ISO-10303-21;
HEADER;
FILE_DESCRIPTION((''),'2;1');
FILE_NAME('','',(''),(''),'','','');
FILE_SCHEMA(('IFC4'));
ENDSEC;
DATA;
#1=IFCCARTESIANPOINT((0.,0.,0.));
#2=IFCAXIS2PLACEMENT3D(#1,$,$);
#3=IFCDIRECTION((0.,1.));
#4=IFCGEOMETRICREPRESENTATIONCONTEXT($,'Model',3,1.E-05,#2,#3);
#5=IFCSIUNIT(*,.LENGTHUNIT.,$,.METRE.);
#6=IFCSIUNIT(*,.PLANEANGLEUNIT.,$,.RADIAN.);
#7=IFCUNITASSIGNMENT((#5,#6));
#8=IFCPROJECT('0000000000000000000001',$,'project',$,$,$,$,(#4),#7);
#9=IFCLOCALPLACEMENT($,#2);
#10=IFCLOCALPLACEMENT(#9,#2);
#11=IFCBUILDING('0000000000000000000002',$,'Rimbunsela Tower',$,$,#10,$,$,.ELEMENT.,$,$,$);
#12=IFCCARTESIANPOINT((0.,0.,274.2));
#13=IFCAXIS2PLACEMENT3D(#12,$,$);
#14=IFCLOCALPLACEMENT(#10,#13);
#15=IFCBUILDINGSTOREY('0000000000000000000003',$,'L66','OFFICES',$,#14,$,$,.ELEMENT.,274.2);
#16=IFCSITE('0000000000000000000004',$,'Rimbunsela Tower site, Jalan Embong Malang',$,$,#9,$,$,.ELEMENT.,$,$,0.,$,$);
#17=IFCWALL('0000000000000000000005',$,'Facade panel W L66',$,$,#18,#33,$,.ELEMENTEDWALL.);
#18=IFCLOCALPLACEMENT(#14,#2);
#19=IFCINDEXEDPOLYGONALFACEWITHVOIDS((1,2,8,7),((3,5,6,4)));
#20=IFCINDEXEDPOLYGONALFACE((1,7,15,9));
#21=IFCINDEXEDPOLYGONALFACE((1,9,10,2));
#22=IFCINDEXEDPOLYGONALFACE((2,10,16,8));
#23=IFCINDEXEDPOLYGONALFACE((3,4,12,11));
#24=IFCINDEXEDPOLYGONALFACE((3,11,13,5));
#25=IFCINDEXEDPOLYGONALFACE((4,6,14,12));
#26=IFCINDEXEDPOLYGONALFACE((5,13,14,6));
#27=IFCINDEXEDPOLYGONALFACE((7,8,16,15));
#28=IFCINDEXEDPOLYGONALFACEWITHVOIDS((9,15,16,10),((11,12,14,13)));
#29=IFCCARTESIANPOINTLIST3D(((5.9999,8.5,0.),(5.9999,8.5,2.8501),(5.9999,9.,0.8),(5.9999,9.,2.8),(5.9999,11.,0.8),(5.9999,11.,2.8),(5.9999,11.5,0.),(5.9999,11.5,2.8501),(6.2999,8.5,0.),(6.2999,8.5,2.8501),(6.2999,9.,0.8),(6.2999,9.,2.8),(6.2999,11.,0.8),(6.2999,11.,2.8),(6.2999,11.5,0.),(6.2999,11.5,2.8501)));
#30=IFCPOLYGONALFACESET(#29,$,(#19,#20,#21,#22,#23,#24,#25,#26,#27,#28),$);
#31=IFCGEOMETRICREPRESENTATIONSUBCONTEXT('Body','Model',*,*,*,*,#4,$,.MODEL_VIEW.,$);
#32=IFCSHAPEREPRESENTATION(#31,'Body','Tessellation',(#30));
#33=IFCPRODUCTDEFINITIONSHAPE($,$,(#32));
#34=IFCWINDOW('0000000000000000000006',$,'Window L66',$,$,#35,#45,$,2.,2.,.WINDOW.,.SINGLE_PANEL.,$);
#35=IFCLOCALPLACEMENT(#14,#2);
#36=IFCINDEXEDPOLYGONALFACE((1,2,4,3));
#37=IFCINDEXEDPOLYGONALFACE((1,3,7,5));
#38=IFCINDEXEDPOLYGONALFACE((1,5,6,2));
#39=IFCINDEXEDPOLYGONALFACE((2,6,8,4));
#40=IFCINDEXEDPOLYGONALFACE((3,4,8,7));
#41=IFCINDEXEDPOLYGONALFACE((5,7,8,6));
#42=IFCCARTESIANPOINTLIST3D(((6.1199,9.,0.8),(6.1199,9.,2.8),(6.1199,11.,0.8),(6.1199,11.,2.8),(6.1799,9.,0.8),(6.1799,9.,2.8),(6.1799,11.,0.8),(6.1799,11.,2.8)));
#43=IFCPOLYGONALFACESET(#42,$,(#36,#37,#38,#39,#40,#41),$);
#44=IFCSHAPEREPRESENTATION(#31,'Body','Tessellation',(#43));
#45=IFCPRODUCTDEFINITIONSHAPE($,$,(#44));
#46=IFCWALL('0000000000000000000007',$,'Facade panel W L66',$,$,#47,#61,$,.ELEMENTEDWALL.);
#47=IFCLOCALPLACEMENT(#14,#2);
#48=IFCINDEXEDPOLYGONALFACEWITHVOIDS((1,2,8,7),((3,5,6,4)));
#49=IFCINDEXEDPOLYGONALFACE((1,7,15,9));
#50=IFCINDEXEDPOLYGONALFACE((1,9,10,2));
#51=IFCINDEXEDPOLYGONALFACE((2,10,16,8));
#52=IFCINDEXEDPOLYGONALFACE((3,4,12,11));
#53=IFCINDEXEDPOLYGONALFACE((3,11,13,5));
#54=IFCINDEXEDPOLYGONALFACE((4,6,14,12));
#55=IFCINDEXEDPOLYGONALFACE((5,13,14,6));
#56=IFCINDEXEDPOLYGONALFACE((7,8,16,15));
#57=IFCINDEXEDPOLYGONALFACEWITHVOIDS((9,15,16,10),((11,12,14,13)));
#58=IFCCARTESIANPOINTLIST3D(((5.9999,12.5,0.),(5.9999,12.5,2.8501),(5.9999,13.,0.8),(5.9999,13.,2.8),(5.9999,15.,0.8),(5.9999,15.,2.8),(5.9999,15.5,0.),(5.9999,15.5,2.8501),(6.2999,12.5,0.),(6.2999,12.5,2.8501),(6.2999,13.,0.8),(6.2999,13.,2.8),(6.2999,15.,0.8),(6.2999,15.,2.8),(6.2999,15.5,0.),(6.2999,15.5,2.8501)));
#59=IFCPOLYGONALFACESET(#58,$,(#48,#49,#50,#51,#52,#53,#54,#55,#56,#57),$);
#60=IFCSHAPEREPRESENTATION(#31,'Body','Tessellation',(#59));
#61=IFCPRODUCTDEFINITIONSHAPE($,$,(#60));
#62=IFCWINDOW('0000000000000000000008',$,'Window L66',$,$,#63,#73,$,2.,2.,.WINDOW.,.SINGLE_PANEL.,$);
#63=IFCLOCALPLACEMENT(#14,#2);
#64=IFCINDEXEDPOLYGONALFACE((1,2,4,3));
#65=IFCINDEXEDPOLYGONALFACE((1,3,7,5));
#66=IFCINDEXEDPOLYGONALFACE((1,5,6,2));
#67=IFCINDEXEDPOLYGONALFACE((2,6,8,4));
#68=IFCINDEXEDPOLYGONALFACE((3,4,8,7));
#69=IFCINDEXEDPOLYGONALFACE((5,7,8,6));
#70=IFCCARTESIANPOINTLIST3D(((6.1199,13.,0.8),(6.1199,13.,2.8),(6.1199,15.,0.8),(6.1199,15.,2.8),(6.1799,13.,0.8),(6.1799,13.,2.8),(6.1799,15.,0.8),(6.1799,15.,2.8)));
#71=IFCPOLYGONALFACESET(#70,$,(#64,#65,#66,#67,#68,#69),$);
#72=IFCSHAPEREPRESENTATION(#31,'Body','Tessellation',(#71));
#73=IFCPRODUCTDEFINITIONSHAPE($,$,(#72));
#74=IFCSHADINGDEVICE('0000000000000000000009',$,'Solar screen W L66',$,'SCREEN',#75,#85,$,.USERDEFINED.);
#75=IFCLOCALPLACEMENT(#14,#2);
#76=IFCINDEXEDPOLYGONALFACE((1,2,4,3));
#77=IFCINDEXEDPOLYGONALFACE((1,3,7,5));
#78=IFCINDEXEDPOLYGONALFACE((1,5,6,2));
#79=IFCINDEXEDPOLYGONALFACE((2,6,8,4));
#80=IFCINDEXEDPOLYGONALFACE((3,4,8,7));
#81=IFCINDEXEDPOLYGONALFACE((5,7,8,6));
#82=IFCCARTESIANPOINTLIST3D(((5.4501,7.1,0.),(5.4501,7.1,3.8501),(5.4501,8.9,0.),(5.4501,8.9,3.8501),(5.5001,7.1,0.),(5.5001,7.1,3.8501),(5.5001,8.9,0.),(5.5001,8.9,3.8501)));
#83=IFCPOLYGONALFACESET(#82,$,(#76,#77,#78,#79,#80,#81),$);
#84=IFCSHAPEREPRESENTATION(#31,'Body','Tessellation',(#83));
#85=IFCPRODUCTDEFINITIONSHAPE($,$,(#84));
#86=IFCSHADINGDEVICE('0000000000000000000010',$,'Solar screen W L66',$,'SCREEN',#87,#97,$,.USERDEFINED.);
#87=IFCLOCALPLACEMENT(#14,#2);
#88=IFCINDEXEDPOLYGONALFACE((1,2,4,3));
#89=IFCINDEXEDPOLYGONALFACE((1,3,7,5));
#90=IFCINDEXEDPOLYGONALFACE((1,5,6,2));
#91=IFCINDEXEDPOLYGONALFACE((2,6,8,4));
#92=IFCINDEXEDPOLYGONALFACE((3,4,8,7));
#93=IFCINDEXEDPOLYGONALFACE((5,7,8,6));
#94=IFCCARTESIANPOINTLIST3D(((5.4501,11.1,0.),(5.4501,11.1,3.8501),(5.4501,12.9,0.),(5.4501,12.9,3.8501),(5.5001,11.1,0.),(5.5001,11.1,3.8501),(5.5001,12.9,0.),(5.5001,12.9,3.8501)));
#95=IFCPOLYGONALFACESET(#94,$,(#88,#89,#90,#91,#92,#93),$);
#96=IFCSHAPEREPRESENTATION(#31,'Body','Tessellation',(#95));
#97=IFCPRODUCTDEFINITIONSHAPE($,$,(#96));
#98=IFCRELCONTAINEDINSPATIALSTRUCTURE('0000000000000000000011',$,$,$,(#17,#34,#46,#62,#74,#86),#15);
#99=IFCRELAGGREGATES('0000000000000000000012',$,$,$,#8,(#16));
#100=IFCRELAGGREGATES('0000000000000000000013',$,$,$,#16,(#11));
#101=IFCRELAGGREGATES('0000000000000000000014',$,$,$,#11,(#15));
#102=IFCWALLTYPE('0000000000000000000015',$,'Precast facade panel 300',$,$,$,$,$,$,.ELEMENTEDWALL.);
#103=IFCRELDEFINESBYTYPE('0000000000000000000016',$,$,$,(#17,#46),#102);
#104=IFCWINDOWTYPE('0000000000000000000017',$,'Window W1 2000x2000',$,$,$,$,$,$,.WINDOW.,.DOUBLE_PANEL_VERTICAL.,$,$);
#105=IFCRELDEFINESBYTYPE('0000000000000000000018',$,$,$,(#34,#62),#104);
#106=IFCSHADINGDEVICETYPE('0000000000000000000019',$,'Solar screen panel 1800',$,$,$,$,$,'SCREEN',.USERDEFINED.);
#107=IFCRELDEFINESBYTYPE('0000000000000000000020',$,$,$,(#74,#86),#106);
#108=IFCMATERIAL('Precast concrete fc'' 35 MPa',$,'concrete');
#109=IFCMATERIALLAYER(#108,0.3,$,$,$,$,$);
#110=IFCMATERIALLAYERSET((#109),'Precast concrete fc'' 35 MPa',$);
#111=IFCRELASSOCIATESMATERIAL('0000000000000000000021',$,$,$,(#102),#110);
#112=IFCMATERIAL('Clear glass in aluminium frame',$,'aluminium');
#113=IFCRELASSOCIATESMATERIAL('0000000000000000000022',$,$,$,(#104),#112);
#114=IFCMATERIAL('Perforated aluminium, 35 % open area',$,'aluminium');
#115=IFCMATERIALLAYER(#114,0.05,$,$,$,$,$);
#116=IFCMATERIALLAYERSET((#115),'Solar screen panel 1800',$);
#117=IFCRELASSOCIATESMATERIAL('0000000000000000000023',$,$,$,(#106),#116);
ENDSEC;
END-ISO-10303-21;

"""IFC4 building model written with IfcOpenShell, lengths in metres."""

from ifc_helpers import new_model, si_unit, direction, frame, frame_2d, origin, origin_2d, place, context, subcontext, project, spatial, rectangle, extrude, material, layer, layer_set, type_object, element, fill, save


model = new_model("IFC4")

# Units and contexts
model_context = context("Model", 3, precision=1e-05, world=origin(), true_north=direction((0.0, 1.0)))
body_context = subcontext(model_context, "Body", "Model", "MODEL_VIEW")
ifc_project = project(units=[si_unit("LENGTHUNIT", "METRE"), si_unit("PLANEANGLEUNIT", "RADIAN")], contexts=[model_context])

# Site, building, storey
site_placement = place(None, origin())
site = spatial("IfcSite", under=ifc_project, at=site_placement, Name="Rimbunsela Tower site, Jalan Embong Malang", CompositionType="ELEMENT", RefElevation=0.0)
building_placement = place(site_placement, origin())
building = spatial("IfcBuilding", under=site, at=building_placement, Name="Rimbunsela Tower", CompositionType="ELEMENT")
storey_placement = place(building_placement, frame((0.0, 0.0, 274.2)))
storey = spatial("IfcBuildingStorey", under=building, at=storey_placement, Name="L66", Description="OFFICES", CompositionType="ELEMENT", Elevation=274.2)

# Shared definitions
ifc_material_1 = material(Name="Precast concrete fc' 35 MPa", Category="concrete")
ifc_layer_1 = layer(ifc_material_1, 0.3)
ifc_layer_set_1 = layer_set([ifc_layer_1], Name="Precast concrete fc' 35 MPa")
wall_type = type_object("IfcWallType", Name="Precast facade panel 300", PredefinedType="ELEMENTEDWALL", material=ifc_layer_set_1)

# Walls, openings, windows
wall_1_placement = place(storey_placement, frame((6.1499, 11.5, 0.0), z_axis=(0.0, 0.0, 1.0), x_axis=(0.0, -1.0, 0.0)))
wall_1 = element("IfcWall", 1, at=wall_1_placement, inside=storey, type_object=wall_type, Name="Facade panel W L66", PredefinedType="ELEMENTEDWALL", context=body_context, shape_type="SweptSolid", body=[
    extrude(rectangle(XDim=3.0, YDim=0.3, at=frame_2d((1.5, 0.0))), origin(), (0.0, 0.0, 1.0), 2.8501),
])
opening_1_placement = place(wall_1_placement, frame((0.5, 0.0, 0.8)))
opening_1 = element("IfcOpeningElement", 2, at=opening_1_placement, cuts=wall_1, PredefinedType="OPENING", context=body_context, shape_type="SweptSolid", body=[
    extrude(rectangle(XDim=2.0, YDim=2.0, at=frame_2d((1.0, 1.0))), frame((0.0, 0.1599, 0.0), z_axis=(0.0, -1.0, 0.0), x_axis=(1.0, 0.0, 0.0)), (0.0, 0.0, 1.0), 0.3201),
])
ifc_material_2 = material(Name="Clear glass in aluminium frame", Category="aluminium")
window_type = type_object("IfcWindowType", Name="Window W1 2000x2000", PartitioningType="DOUBLE_PANEL_VERTICAL", PredefinedType="WINDOW", material=ifc_material_2)
window_1_placement = place(opening_1_placement, origin())
window_1 = element("IfcWindow", 3, at=window_1_placement, inside=storey, type_object=window_type, Name="Window L66", OverallHeight=2.0, OverallWidth=2.0, PartitioningType="SINGLE_PANEL", PredefinedType="WINDOW", context=body_context, shape_type="SweptSolid", body=[
    extrude(rectangle(XDim=2.0, YDim=2.0, at=frame_2d((1.0, 1.0))), frame((0.0, 0.03, 0.0), z_axis=(0.0, -1.0, 0.0), x_axis=(1.0, 0.0, 0.0)), (0.0, 0.0, 1.0), 0.0601),
])
fill(opening_1, window_1)
wall_2_placement = place(storey_placement, frame((6.1499, 15.5, 0.0), z_axis=(0.0, 0.0, 1.0), x_axis=(0.0, -1.0, 0.0)))
wall_2 = element("IfcWall", 4, at=wall_2_placement, inside=storey, type_object=wall_type, Name="Facade panel W L66", PredefinedType="ELEMENTEDWALL", context=body_context, shape_type="SweptSolid", body=[
    extrude(rectangle(XDim=3.0, YDim=0.3, at=frame_2d((1.5, 0.0))), origin(), (0.0, 0.0, 1.0), 2.8501),
])
opening_2_placement = place(wall_2_placement, frame((0.5, 0.0, 0.8)))
opening_2 = element("IfcOpeningElement", 5, at=opening_2_placement, cuts=wall_2, PredefinedType="OPENING", context=body_context, shape_type="SweptSolid", body=[
    extrude(rectangle(XDim=2.0, YDim=2.0, at=frame_2d((1.0, 1.0))), frame((0.0, 0.1599, 0.0), z_axis=(0.0, -1.0, 0.0), x_axis=(1.0, 0.0, 0.0)), (0.0, 0.0, 1.0), 0.3201),
])
window_2_placement = place(opening_2_placement, origin())
window_2 = element("IfcWindow", 6, at=window_2_placement, inside=storey, type_object=window_type, Name="Window L66", OverallHeight=2.0, OverallWidth=2.0, PartitioningType="SINGLE_PANEL", PredefinedType="WINDOW", context=body_context, shape_type="SweptSolid", body=[
    extrude(rectangle(XDim=2.0, YDim=2.0, at=frame_2d((1.0, 1.0))), frame((0.0, 0.03, 0.0), z_axis=(0.0, -1.0, 0.0), x_axis=(1.0, 0.0, 0.0)), (0.0, 0.0, 1.0), 0.0601),
])
fill(opening_2, window_2)

# Shading devices
ifc_material_3 = material(Name="Perforated aluminium, 35 % open area", Category="aluminium")
ifc_layer_2 = layer(ifc_material_3, 0.05)
ifc_layer_set_2 = layer_set([ifc_layer_2], Name="Solar screen panel 1800")
shading_device_type = type_object("IfcShadingDeviceType", Name="Solar screen panel 1800", ElementType="SCREEN", PredefinedType="USERDEFINED", material=ifc_layer_set_2)
for number, where, z_axis, x_axis, name in (
    (7, (5.4751, 8.0, 0.0), (0.0, 0.0, 1.0), (0.0, 1.0, 0.0), "Solar screen W L66"),
    (8, (5.4751, 12.0, 0.0), (0.0, 0.0, 1.0), (0.0, 1.0, 0.0), "Solar screen W L66"),
):
    element("IfcShadingDevice", number, at=place(storey_placement, frame(where, z_axis=z_axis, x_axis=x_axis)), inside=storey, type_object=shading_device_type, Name=name, ObjectType="SCREEN", PredefinedType="USERDEFINED", context=body_context, shape_type="SweptSolid", body=[
        extrude(rectangle(XDim=1.8, YDim=0.05, at=origin_2d()), origin(), (0.0, 0.0, 1.0), 3.8501),
    ])

save(model, "model.ifc")
